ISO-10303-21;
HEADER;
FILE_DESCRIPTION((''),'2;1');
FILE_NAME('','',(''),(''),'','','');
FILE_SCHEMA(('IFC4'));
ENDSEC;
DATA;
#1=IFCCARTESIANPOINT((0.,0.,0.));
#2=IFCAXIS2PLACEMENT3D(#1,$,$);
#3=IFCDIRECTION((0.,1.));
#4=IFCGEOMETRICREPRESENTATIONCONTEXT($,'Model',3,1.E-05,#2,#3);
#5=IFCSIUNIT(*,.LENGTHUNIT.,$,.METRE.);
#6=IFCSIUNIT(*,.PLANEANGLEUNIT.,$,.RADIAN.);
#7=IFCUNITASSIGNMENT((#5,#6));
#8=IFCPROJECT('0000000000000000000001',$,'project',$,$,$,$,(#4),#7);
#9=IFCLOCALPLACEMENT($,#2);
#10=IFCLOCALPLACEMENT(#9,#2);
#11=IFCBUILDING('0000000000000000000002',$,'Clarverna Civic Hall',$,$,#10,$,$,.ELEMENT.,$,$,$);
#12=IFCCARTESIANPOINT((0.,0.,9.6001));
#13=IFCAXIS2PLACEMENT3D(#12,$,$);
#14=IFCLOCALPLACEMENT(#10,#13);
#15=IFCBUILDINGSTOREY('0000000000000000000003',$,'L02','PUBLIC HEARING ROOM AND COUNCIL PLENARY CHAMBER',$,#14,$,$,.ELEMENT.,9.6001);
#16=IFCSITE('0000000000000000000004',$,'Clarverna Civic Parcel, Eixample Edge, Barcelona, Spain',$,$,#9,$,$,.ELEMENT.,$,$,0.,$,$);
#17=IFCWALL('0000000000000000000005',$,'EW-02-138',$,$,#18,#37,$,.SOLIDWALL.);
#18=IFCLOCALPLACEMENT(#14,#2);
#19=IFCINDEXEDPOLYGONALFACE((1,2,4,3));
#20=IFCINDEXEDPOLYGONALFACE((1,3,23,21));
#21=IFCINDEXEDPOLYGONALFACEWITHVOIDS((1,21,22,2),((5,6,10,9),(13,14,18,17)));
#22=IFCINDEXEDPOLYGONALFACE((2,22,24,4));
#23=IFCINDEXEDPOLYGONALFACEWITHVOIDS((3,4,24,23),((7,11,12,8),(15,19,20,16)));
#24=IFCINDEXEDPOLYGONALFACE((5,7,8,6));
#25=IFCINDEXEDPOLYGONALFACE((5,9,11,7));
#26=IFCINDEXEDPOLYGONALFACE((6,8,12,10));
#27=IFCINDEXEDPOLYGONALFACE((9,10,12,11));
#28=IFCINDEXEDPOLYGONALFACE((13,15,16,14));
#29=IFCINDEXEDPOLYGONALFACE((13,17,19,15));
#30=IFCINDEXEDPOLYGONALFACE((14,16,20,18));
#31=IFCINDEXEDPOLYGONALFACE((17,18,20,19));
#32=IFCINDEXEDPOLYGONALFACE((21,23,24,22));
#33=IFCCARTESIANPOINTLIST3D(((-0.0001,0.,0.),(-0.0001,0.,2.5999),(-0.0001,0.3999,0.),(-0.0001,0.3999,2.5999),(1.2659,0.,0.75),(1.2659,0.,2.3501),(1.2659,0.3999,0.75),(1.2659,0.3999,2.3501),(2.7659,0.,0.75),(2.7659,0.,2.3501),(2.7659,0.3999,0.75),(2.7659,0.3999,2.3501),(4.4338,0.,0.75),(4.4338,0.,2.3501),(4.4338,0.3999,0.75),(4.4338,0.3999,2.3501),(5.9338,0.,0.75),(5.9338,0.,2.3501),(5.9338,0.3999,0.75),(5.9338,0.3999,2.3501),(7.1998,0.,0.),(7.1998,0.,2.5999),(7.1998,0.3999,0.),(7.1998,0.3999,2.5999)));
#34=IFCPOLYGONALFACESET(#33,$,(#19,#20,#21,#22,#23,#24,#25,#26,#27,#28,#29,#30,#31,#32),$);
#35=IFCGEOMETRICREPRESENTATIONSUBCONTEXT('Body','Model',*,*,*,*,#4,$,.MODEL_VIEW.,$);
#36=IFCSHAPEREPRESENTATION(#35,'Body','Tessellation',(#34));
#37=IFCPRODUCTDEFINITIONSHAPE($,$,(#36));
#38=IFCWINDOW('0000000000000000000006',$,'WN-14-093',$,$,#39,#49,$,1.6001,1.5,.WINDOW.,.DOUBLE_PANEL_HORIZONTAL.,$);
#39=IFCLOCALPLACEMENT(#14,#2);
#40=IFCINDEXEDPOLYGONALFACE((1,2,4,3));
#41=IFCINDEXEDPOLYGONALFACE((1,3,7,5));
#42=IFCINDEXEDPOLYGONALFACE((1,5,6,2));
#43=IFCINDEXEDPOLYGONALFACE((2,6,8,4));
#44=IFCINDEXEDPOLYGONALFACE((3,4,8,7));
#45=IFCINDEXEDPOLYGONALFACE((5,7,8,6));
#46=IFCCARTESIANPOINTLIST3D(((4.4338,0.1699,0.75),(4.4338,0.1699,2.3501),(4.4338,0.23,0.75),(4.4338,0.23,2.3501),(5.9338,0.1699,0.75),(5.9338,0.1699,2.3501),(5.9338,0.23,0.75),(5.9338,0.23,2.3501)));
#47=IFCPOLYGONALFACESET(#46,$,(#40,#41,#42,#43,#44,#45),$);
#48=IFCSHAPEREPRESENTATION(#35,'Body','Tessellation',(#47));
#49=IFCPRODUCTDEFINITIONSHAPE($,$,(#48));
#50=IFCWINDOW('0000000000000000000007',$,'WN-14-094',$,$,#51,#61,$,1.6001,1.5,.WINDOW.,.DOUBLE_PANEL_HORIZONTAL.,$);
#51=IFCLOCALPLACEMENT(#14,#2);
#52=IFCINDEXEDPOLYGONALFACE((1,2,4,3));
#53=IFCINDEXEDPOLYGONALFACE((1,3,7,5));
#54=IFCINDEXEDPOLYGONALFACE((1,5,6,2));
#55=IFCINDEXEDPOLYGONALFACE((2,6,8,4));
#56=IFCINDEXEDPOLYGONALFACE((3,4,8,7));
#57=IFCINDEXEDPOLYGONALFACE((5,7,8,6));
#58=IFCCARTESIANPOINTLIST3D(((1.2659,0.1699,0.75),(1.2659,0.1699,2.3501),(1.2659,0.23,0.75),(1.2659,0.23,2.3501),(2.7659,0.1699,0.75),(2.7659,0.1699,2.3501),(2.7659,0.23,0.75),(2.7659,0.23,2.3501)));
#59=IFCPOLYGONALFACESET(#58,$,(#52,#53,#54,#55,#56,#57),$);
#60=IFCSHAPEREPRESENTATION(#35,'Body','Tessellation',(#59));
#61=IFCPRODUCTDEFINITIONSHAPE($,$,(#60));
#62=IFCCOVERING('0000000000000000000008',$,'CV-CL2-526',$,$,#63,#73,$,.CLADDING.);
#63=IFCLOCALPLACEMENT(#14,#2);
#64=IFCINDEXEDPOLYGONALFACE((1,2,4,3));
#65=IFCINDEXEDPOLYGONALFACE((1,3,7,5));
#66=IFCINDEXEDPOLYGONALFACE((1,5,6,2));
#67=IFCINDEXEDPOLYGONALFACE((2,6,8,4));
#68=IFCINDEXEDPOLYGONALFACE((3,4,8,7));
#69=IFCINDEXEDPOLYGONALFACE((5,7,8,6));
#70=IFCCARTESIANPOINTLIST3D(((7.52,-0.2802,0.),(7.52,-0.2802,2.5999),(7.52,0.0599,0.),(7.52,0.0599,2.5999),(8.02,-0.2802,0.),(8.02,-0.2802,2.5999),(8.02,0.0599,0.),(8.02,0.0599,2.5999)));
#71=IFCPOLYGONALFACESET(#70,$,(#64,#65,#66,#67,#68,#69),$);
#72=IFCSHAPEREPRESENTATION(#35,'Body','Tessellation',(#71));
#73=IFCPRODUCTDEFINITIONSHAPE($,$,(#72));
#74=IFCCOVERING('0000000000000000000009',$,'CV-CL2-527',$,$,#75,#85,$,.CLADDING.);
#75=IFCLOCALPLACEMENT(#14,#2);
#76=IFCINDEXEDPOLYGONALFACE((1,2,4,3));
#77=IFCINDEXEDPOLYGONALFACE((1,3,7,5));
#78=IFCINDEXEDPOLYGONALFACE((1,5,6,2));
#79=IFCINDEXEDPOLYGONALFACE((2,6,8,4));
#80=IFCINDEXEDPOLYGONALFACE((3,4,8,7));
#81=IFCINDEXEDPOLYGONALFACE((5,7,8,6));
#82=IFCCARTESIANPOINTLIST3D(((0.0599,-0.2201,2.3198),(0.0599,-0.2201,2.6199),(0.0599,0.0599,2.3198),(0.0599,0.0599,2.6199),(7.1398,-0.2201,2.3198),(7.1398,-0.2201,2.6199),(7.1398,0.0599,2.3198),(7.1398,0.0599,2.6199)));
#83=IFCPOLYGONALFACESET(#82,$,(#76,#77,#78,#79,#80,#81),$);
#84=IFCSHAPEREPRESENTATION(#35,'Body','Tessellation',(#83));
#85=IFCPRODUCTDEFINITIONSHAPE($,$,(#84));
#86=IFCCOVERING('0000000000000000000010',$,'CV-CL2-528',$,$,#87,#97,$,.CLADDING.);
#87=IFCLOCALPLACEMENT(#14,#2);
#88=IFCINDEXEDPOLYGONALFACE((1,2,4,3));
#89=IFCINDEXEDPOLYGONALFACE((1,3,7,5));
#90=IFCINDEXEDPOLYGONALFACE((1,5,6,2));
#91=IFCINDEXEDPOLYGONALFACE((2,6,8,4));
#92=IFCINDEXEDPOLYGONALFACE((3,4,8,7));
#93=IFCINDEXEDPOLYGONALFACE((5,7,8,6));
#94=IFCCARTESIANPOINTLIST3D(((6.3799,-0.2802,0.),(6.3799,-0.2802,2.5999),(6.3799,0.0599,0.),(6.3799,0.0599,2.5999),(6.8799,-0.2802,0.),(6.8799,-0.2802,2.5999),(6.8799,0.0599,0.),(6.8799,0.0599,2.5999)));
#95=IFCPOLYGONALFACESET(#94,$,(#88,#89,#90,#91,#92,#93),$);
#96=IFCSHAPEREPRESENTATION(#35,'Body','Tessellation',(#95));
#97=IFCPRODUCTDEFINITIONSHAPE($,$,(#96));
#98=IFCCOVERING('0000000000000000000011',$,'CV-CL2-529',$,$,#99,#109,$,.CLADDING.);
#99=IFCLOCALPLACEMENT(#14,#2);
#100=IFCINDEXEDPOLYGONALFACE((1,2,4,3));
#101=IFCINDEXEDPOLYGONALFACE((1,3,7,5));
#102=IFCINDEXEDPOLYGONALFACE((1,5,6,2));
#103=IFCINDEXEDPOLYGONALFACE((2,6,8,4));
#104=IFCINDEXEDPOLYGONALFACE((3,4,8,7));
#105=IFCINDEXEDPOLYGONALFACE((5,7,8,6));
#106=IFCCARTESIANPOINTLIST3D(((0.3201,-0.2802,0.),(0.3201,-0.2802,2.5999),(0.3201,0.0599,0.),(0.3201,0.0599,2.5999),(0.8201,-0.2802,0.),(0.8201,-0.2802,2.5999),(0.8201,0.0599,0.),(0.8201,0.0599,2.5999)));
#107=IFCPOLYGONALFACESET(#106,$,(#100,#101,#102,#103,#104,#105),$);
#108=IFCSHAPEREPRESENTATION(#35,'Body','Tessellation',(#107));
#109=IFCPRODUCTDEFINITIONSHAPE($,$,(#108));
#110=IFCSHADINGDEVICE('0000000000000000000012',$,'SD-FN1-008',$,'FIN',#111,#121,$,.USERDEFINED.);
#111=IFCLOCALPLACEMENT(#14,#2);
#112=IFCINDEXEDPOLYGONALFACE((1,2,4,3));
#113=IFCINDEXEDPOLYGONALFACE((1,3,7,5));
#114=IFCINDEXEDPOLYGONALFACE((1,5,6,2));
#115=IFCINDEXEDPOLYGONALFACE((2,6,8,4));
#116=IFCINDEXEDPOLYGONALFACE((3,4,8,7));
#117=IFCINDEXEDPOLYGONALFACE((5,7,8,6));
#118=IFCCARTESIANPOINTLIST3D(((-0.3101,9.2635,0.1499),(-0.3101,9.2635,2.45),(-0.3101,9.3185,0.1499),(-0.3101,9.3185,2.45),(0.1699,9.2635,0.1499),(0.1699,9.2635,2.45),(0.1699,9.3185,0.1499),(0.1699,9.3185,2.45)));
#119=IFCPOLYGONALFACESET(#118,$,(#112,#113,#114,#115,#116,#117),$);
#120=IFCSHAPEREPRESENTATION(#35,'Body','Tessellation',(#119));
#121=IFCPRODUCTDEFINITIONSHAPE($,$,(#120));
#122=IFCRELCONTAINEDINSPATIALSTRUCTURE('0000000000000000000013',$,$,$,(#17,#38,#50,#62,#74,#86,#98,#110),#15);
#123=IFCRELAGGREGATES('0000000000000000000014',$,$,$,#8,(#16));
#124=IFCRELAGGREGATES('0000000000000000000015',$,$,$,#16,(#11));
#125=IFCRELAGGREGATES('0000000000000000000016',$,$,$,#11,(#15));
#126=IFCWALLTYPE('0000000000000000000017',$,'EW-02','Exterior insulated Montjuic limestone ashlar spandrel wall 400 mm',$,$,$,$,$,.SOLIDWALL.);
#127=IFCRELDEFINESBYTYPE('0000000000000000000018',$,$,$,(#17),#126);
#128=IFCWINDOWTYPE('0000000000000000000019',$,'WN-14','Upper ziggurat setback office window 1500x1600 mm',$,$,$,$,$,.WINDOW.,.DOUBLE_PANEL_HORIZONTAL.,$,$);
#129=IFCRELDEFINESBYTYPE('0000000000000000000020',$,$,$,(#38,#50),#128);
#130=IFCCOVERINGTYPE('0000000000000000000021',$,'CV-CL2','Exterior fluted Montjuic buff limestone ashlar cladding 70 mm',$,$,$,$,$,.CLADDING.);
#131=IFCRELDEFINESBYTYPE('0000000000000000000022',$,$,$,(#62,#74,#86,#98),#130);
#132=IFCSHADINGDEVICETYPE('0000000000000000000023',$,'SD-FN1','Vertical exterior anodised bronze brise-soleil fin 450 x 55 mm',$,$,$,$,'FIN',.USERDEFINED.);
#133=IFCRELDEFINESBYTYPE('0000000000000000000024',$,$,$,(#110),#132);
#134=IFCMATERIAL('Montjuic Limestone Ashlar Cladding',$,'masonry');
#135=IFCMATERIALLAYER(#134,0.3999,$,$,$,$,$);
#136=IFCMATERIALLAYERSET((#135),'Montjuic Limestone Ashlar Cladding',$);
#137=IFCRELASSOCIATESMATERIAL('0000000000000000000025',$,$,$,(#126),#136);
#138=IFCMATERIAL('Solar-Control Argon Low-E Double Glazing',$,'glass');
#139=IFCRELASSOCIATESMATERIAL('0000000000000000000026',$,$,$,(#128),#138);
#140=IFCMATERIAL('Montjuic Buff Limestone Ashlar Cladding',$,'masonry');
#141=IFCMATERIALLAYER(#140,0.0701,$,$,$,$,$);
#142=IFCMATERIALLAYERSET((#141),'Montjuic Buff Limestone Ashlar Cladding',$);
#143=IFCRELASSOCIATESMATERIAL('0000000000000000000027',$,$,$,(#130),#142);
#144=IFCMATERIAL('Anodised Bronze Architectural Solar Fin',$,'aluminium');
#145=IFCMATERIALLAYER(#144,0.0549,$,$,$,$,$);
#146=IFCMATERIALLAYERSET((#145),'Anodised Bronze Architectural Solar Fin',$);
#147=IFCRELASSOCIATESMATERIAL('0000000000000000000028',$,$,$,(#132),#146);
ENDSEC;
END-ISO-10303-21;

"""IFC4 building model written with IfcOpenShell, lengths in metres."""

from ifc_helpers import new_model, si_unit, direction, frame, frame_2d, origin, place, context, subcontext, project, spatial, rectangle, extrude, material, layer, layer_set, type_object, element, fill, save


model = new_model("IFC4")

# Units and contexts
model_context = context("Model", 3, precision=1e-05, world=origin(), true_north=direction((0.0, 1.0)))
body_context = subcontext(model_context, "Body", "Model", "MODEL_VIEW")
ifc_project = project(units=[si_unit("LENGTHUNIT", "METRE"), si_unit("PLANEANGLEUNIT", "RADIAN")], contexts=[model_context])

# Site, building, storey
site_placement = place(None, origin())
site = spatial("IfcSite", under=ifc_project, at=site_placement, Name="Clarverna Civic Parcel, Eixample Edge, Barcelona, Spain", CompositionType="ELEMENT", RefElevation=0.0)
building_placement = place(site_placement, origin())
building = spatial("IfcBuilding", under=site, at=building_placement, Name="Clarverna Civic Hall", CompositionType="ELEMENT")
storey_placement = place(building_placement, frame((0.0, 0.0, 9.6001)))
storey = spatial("IfcBuildingStorey", under=building, at=storey_placement, Name="L02", Description="PUBLIC HEARING ROOM AND COUNCIL PLENARY CHAMBER", CompositionType="ELEMENT", Elevation=9.6001)

# Wall, openings, windows
ifc_material_1 = material(Name="Montjuic Limestone Ashlar Cladding", Category="masonry")
ifc_layer_1 = layer(ifc_material_1, 0.3999)
ifc_layer_set_1 = layer_set([ifc_layer_1], Name="Montjuic Limestone Ashlar Cladding")
wall_type = type_object("IfcWallType", Name="EW-02", Description="Exterior insulated Montjuic limestone ashlar spandrel wall 400 mm", PredefinedType="SOLIDWALL", material=ifc_layer_set_1)
wall_placement = place(storey_placement, frame((7.2, 0.2, 0.0), z_axis=(0.0, 0.0, 1.0), x_axis=(-1.0, 0.0, 0.0)))
wall = element("IfcWall", 1, at=wall_placement, inside=storey, type_object=wall_type, Name="EW-02-138", PredefinedType="SOLIDWALL", context=body_context, shape_type="SweptSolid", body=[
    extrude(rectangle(XDim=7.2, YDim=0.3999, at=frame_2d((3.6001, 0.0))), origin(), (0.0, 0.0, 1.0), 2.5999),
])
opening_1_placement = place(wall_placement, frame((1.2661, 0.0, 0.75)))
opening_1 = element("IfcOpeningElement", 2, at=opening_1_placement, cuts=wall, PredefinedType="OPENING", context=body_context, shape_type="SweptSolid", body=[
    extrude(rectangle(XDim=1.5, YDim=1.6001, at=frame_2d((0.75, 0.8))), frame((0.0, 0.21, 0.0), z_axis=(0.0, -1.0, 0.0), x_axis=(1.0, 0.0, 0.0)), (0.0, 0.0, 1.0), 0.4199),
])
opening_2_placement = place(wall_placement, frame((4.4341, 0.0, 0.75)))
opening_2 = element("IfcOpeningElement", 3, at=opening_2_placement, cuts=wall, PredefinedType="OPENING", context=body_context, shape_type="SweptSolid", body=[
    extrude(rectangle(XDim=1.5, YDim=1.6001, at=frame_2d((0.75, 0.8))), frame((0.0, 0.21, 0.0), z_axis=(0.0, -1.0, 0.0), x_axis=(1.0, 0.0, 0.0)), (0.0, 0.0, 1.0), 0.4199),
])
ifc_material_2 = material(Name="Solar-Control Argon Low-E Double Glazing", Category="glass")
window_type = type_object("IfcWindowType", Name="WN-14", Description="Upper ziggurat setback office window 1500x1600 mm", PartitioningType="DOUBLE_PANEL_HORIZONTAL", PredefinedType="WINDOW", material=ifc_material_2)
window_1_placement = place(opening_1_placement, origin())
window_1 = element("IfcWindow", 4, at=window_1_placement, inside=storey, type_object=window_type, Name="WN-14-093", OverallHeight=1.6001, OverallWidth=1.5, PartitioningType="DOUBLE_PANEL_HORIZONTAL", PredefinedType="WINDOW", context=body_context, shape_type="SweptSolid", body=[
    extrude(rectangle(XDim=1.5, YDim=1.6001, at=frame_2d((0.75, 0.8))), frame((0.0, 0.03, 0.0), z_axis=(0.0, -1.0, 0.0), x_axis=(1.0, 0.0, 0.0)), (0.0, 0.0, 1.0), 0.0601),
])
fill(opening_1, window_1)
window_2_placement = place(opening_2_placement, origin())
window_2 = element("IfcWindow", 5, at=window_2_placement, inside=storey, type_object=window_type, Name="WN-14-094", OverallHeight=1.6001, OverallWidth=1.5, PartitioningType="DOUBLE_PANEL_HORIZONTAL", PredefinedType="WINDOW", context=body_context, shape_type="SweptSolid", body=[
    extrude(rectangle(XDim=1.5, YDim=1.6001, at=frame_2d((0.75, 0.8))), frame((0.0, 0.03, 0.0), z_axis=(0.0, -1.0, 0.0), x_axis=(1.0, 0.0, 0.0)), (0.0, 0.0, 1.0), 0.0601),
])
fill(opening_2, window_2)

# Coverings
ifc_material_3 = material(Name="Montjuic Buff Limestone Ashlar Cladding", Category="masonry")
ifc_layer_2 = layer(ifc_material_3, 0.0701)
ifc_layer_set_2 = layer_set([ifc_layer_2], Name="Montjuic Buff Limestone Ashlar Cladding")
covering_type = type_object("IfcCoveringType", Name="CV-CL2", Description="Exterior fluted Montjuic buff limestone ashlar cladding 70 mm", PredefinedType="CLADDING", material=ifc_layer_set_2)
covering_1_placement = place(storey_placement, frame((8.02, -0.1101, 0.0), z_axis=(0.0, 0.0, 1.0), x_axis=(-1.0, 0.0, 0.0)))
element("IfcCovering", 6, at=covering_1_placement, inside=storey, type_object=covering_type, Name="CV-CL2-526", PredefinedType="CLADDING", context=body_context, shape_type="SweptSolid", body=[
    extrude(rectangle(XDim=0.5, YDim=0.3401, at=frame_2d((0.25, 0.0))), origin(), (0.0, 0.0, 1.0), 2.5999),
])
covering_2_placement = place(storey_placement, frame((7.1399, -0.0801, 2.3198), z_axis=(0.0, 0.0, 1.0), x_axis=(-1.0, 0.0, 0.0)))
element("IfcCovering", 7, at=covering_2_placement, inside=storey, type_object=covering_type, Name="CV-CL2-527", PredefinedType="CLADDING", context=body_context, shape_type="SweptSolid", body=[
    extrude(rectangle(XDim=7.0798, YDim=0.28, at=frame_2d((3.54, 0.0))), origin(), (0.0, 0.0, 1.0), 0.3),
])
for number, where, z_axis, x_axis, name in (
    (8, (6.8799, -0.1101, 0.0), (0.0, 0.0, 1.0), (-1.0, 0.0, 0.0), "CV-CL2-528"),
    (9, (0.8201, -0.1101, 0.0), (0.0, 0.0, 1.0), (-1.0, 0.0, 0.0), "CV-CL2-529"),
):
    element("IfcCovering", number, at=place(storey_placement, frame(where, z_axis=z_axis, x_axis=x_axis)), inside=storey, type_object=covering_type, Name=name, PredefinedType="CLADDING", context=body_context, shape_type="SweptSolid", body=[
        extrude(rectangle(XDim=0.5, YDim=0.3401, at=frame_2d((0.25, 0.0))), origin(), (0.0, 0.0, 1.0), 2.5999),
    ])

# Shading device
ifc_material_4 = material(Name="Anodised Bronze Architectural Solar Fin", Category="aluminium")
ifc_layer_3 = layer(ifc_material_4, 0.0549)
ifc_layer_set_3 = layer_set([ifc_layer_3], Name="Anodised Bronze Architectural Solar Fin")
shading_device_type = type_object("IfcShadingDeviceType", Name="SD-FN1", Description="Vertical exterior anodised bronze brise-soleil fin 450 x 55 mm", ElementType="FIN", PredefinedType="USERDEFINED", material=ifc_layer_set_3)
shading_device_placement = place(storey_placement, frame((0.1699, 9.291, 0.1499), z_axis=(0.0, 0.0, 1.0), x_axis=(-1.0, 0.0, 0.0)))
element("IfcShadingDevice", 10, at=shading_device_placement, inside=storey, type_object=shading_device_type, Name="SD-FN1-008", ObjectType="FIN", PredefinedType="USERDEFINED", context=body_context, shape_type="SweptSolid", body=[
    extrude(rectangle(XDim=0.48, YDim=0.0549, at=frame_2d((0.24, 0.0))), origin(), (0.0, 0.0, 1.0), 2.3),
])

save(model, "model.ifc")
